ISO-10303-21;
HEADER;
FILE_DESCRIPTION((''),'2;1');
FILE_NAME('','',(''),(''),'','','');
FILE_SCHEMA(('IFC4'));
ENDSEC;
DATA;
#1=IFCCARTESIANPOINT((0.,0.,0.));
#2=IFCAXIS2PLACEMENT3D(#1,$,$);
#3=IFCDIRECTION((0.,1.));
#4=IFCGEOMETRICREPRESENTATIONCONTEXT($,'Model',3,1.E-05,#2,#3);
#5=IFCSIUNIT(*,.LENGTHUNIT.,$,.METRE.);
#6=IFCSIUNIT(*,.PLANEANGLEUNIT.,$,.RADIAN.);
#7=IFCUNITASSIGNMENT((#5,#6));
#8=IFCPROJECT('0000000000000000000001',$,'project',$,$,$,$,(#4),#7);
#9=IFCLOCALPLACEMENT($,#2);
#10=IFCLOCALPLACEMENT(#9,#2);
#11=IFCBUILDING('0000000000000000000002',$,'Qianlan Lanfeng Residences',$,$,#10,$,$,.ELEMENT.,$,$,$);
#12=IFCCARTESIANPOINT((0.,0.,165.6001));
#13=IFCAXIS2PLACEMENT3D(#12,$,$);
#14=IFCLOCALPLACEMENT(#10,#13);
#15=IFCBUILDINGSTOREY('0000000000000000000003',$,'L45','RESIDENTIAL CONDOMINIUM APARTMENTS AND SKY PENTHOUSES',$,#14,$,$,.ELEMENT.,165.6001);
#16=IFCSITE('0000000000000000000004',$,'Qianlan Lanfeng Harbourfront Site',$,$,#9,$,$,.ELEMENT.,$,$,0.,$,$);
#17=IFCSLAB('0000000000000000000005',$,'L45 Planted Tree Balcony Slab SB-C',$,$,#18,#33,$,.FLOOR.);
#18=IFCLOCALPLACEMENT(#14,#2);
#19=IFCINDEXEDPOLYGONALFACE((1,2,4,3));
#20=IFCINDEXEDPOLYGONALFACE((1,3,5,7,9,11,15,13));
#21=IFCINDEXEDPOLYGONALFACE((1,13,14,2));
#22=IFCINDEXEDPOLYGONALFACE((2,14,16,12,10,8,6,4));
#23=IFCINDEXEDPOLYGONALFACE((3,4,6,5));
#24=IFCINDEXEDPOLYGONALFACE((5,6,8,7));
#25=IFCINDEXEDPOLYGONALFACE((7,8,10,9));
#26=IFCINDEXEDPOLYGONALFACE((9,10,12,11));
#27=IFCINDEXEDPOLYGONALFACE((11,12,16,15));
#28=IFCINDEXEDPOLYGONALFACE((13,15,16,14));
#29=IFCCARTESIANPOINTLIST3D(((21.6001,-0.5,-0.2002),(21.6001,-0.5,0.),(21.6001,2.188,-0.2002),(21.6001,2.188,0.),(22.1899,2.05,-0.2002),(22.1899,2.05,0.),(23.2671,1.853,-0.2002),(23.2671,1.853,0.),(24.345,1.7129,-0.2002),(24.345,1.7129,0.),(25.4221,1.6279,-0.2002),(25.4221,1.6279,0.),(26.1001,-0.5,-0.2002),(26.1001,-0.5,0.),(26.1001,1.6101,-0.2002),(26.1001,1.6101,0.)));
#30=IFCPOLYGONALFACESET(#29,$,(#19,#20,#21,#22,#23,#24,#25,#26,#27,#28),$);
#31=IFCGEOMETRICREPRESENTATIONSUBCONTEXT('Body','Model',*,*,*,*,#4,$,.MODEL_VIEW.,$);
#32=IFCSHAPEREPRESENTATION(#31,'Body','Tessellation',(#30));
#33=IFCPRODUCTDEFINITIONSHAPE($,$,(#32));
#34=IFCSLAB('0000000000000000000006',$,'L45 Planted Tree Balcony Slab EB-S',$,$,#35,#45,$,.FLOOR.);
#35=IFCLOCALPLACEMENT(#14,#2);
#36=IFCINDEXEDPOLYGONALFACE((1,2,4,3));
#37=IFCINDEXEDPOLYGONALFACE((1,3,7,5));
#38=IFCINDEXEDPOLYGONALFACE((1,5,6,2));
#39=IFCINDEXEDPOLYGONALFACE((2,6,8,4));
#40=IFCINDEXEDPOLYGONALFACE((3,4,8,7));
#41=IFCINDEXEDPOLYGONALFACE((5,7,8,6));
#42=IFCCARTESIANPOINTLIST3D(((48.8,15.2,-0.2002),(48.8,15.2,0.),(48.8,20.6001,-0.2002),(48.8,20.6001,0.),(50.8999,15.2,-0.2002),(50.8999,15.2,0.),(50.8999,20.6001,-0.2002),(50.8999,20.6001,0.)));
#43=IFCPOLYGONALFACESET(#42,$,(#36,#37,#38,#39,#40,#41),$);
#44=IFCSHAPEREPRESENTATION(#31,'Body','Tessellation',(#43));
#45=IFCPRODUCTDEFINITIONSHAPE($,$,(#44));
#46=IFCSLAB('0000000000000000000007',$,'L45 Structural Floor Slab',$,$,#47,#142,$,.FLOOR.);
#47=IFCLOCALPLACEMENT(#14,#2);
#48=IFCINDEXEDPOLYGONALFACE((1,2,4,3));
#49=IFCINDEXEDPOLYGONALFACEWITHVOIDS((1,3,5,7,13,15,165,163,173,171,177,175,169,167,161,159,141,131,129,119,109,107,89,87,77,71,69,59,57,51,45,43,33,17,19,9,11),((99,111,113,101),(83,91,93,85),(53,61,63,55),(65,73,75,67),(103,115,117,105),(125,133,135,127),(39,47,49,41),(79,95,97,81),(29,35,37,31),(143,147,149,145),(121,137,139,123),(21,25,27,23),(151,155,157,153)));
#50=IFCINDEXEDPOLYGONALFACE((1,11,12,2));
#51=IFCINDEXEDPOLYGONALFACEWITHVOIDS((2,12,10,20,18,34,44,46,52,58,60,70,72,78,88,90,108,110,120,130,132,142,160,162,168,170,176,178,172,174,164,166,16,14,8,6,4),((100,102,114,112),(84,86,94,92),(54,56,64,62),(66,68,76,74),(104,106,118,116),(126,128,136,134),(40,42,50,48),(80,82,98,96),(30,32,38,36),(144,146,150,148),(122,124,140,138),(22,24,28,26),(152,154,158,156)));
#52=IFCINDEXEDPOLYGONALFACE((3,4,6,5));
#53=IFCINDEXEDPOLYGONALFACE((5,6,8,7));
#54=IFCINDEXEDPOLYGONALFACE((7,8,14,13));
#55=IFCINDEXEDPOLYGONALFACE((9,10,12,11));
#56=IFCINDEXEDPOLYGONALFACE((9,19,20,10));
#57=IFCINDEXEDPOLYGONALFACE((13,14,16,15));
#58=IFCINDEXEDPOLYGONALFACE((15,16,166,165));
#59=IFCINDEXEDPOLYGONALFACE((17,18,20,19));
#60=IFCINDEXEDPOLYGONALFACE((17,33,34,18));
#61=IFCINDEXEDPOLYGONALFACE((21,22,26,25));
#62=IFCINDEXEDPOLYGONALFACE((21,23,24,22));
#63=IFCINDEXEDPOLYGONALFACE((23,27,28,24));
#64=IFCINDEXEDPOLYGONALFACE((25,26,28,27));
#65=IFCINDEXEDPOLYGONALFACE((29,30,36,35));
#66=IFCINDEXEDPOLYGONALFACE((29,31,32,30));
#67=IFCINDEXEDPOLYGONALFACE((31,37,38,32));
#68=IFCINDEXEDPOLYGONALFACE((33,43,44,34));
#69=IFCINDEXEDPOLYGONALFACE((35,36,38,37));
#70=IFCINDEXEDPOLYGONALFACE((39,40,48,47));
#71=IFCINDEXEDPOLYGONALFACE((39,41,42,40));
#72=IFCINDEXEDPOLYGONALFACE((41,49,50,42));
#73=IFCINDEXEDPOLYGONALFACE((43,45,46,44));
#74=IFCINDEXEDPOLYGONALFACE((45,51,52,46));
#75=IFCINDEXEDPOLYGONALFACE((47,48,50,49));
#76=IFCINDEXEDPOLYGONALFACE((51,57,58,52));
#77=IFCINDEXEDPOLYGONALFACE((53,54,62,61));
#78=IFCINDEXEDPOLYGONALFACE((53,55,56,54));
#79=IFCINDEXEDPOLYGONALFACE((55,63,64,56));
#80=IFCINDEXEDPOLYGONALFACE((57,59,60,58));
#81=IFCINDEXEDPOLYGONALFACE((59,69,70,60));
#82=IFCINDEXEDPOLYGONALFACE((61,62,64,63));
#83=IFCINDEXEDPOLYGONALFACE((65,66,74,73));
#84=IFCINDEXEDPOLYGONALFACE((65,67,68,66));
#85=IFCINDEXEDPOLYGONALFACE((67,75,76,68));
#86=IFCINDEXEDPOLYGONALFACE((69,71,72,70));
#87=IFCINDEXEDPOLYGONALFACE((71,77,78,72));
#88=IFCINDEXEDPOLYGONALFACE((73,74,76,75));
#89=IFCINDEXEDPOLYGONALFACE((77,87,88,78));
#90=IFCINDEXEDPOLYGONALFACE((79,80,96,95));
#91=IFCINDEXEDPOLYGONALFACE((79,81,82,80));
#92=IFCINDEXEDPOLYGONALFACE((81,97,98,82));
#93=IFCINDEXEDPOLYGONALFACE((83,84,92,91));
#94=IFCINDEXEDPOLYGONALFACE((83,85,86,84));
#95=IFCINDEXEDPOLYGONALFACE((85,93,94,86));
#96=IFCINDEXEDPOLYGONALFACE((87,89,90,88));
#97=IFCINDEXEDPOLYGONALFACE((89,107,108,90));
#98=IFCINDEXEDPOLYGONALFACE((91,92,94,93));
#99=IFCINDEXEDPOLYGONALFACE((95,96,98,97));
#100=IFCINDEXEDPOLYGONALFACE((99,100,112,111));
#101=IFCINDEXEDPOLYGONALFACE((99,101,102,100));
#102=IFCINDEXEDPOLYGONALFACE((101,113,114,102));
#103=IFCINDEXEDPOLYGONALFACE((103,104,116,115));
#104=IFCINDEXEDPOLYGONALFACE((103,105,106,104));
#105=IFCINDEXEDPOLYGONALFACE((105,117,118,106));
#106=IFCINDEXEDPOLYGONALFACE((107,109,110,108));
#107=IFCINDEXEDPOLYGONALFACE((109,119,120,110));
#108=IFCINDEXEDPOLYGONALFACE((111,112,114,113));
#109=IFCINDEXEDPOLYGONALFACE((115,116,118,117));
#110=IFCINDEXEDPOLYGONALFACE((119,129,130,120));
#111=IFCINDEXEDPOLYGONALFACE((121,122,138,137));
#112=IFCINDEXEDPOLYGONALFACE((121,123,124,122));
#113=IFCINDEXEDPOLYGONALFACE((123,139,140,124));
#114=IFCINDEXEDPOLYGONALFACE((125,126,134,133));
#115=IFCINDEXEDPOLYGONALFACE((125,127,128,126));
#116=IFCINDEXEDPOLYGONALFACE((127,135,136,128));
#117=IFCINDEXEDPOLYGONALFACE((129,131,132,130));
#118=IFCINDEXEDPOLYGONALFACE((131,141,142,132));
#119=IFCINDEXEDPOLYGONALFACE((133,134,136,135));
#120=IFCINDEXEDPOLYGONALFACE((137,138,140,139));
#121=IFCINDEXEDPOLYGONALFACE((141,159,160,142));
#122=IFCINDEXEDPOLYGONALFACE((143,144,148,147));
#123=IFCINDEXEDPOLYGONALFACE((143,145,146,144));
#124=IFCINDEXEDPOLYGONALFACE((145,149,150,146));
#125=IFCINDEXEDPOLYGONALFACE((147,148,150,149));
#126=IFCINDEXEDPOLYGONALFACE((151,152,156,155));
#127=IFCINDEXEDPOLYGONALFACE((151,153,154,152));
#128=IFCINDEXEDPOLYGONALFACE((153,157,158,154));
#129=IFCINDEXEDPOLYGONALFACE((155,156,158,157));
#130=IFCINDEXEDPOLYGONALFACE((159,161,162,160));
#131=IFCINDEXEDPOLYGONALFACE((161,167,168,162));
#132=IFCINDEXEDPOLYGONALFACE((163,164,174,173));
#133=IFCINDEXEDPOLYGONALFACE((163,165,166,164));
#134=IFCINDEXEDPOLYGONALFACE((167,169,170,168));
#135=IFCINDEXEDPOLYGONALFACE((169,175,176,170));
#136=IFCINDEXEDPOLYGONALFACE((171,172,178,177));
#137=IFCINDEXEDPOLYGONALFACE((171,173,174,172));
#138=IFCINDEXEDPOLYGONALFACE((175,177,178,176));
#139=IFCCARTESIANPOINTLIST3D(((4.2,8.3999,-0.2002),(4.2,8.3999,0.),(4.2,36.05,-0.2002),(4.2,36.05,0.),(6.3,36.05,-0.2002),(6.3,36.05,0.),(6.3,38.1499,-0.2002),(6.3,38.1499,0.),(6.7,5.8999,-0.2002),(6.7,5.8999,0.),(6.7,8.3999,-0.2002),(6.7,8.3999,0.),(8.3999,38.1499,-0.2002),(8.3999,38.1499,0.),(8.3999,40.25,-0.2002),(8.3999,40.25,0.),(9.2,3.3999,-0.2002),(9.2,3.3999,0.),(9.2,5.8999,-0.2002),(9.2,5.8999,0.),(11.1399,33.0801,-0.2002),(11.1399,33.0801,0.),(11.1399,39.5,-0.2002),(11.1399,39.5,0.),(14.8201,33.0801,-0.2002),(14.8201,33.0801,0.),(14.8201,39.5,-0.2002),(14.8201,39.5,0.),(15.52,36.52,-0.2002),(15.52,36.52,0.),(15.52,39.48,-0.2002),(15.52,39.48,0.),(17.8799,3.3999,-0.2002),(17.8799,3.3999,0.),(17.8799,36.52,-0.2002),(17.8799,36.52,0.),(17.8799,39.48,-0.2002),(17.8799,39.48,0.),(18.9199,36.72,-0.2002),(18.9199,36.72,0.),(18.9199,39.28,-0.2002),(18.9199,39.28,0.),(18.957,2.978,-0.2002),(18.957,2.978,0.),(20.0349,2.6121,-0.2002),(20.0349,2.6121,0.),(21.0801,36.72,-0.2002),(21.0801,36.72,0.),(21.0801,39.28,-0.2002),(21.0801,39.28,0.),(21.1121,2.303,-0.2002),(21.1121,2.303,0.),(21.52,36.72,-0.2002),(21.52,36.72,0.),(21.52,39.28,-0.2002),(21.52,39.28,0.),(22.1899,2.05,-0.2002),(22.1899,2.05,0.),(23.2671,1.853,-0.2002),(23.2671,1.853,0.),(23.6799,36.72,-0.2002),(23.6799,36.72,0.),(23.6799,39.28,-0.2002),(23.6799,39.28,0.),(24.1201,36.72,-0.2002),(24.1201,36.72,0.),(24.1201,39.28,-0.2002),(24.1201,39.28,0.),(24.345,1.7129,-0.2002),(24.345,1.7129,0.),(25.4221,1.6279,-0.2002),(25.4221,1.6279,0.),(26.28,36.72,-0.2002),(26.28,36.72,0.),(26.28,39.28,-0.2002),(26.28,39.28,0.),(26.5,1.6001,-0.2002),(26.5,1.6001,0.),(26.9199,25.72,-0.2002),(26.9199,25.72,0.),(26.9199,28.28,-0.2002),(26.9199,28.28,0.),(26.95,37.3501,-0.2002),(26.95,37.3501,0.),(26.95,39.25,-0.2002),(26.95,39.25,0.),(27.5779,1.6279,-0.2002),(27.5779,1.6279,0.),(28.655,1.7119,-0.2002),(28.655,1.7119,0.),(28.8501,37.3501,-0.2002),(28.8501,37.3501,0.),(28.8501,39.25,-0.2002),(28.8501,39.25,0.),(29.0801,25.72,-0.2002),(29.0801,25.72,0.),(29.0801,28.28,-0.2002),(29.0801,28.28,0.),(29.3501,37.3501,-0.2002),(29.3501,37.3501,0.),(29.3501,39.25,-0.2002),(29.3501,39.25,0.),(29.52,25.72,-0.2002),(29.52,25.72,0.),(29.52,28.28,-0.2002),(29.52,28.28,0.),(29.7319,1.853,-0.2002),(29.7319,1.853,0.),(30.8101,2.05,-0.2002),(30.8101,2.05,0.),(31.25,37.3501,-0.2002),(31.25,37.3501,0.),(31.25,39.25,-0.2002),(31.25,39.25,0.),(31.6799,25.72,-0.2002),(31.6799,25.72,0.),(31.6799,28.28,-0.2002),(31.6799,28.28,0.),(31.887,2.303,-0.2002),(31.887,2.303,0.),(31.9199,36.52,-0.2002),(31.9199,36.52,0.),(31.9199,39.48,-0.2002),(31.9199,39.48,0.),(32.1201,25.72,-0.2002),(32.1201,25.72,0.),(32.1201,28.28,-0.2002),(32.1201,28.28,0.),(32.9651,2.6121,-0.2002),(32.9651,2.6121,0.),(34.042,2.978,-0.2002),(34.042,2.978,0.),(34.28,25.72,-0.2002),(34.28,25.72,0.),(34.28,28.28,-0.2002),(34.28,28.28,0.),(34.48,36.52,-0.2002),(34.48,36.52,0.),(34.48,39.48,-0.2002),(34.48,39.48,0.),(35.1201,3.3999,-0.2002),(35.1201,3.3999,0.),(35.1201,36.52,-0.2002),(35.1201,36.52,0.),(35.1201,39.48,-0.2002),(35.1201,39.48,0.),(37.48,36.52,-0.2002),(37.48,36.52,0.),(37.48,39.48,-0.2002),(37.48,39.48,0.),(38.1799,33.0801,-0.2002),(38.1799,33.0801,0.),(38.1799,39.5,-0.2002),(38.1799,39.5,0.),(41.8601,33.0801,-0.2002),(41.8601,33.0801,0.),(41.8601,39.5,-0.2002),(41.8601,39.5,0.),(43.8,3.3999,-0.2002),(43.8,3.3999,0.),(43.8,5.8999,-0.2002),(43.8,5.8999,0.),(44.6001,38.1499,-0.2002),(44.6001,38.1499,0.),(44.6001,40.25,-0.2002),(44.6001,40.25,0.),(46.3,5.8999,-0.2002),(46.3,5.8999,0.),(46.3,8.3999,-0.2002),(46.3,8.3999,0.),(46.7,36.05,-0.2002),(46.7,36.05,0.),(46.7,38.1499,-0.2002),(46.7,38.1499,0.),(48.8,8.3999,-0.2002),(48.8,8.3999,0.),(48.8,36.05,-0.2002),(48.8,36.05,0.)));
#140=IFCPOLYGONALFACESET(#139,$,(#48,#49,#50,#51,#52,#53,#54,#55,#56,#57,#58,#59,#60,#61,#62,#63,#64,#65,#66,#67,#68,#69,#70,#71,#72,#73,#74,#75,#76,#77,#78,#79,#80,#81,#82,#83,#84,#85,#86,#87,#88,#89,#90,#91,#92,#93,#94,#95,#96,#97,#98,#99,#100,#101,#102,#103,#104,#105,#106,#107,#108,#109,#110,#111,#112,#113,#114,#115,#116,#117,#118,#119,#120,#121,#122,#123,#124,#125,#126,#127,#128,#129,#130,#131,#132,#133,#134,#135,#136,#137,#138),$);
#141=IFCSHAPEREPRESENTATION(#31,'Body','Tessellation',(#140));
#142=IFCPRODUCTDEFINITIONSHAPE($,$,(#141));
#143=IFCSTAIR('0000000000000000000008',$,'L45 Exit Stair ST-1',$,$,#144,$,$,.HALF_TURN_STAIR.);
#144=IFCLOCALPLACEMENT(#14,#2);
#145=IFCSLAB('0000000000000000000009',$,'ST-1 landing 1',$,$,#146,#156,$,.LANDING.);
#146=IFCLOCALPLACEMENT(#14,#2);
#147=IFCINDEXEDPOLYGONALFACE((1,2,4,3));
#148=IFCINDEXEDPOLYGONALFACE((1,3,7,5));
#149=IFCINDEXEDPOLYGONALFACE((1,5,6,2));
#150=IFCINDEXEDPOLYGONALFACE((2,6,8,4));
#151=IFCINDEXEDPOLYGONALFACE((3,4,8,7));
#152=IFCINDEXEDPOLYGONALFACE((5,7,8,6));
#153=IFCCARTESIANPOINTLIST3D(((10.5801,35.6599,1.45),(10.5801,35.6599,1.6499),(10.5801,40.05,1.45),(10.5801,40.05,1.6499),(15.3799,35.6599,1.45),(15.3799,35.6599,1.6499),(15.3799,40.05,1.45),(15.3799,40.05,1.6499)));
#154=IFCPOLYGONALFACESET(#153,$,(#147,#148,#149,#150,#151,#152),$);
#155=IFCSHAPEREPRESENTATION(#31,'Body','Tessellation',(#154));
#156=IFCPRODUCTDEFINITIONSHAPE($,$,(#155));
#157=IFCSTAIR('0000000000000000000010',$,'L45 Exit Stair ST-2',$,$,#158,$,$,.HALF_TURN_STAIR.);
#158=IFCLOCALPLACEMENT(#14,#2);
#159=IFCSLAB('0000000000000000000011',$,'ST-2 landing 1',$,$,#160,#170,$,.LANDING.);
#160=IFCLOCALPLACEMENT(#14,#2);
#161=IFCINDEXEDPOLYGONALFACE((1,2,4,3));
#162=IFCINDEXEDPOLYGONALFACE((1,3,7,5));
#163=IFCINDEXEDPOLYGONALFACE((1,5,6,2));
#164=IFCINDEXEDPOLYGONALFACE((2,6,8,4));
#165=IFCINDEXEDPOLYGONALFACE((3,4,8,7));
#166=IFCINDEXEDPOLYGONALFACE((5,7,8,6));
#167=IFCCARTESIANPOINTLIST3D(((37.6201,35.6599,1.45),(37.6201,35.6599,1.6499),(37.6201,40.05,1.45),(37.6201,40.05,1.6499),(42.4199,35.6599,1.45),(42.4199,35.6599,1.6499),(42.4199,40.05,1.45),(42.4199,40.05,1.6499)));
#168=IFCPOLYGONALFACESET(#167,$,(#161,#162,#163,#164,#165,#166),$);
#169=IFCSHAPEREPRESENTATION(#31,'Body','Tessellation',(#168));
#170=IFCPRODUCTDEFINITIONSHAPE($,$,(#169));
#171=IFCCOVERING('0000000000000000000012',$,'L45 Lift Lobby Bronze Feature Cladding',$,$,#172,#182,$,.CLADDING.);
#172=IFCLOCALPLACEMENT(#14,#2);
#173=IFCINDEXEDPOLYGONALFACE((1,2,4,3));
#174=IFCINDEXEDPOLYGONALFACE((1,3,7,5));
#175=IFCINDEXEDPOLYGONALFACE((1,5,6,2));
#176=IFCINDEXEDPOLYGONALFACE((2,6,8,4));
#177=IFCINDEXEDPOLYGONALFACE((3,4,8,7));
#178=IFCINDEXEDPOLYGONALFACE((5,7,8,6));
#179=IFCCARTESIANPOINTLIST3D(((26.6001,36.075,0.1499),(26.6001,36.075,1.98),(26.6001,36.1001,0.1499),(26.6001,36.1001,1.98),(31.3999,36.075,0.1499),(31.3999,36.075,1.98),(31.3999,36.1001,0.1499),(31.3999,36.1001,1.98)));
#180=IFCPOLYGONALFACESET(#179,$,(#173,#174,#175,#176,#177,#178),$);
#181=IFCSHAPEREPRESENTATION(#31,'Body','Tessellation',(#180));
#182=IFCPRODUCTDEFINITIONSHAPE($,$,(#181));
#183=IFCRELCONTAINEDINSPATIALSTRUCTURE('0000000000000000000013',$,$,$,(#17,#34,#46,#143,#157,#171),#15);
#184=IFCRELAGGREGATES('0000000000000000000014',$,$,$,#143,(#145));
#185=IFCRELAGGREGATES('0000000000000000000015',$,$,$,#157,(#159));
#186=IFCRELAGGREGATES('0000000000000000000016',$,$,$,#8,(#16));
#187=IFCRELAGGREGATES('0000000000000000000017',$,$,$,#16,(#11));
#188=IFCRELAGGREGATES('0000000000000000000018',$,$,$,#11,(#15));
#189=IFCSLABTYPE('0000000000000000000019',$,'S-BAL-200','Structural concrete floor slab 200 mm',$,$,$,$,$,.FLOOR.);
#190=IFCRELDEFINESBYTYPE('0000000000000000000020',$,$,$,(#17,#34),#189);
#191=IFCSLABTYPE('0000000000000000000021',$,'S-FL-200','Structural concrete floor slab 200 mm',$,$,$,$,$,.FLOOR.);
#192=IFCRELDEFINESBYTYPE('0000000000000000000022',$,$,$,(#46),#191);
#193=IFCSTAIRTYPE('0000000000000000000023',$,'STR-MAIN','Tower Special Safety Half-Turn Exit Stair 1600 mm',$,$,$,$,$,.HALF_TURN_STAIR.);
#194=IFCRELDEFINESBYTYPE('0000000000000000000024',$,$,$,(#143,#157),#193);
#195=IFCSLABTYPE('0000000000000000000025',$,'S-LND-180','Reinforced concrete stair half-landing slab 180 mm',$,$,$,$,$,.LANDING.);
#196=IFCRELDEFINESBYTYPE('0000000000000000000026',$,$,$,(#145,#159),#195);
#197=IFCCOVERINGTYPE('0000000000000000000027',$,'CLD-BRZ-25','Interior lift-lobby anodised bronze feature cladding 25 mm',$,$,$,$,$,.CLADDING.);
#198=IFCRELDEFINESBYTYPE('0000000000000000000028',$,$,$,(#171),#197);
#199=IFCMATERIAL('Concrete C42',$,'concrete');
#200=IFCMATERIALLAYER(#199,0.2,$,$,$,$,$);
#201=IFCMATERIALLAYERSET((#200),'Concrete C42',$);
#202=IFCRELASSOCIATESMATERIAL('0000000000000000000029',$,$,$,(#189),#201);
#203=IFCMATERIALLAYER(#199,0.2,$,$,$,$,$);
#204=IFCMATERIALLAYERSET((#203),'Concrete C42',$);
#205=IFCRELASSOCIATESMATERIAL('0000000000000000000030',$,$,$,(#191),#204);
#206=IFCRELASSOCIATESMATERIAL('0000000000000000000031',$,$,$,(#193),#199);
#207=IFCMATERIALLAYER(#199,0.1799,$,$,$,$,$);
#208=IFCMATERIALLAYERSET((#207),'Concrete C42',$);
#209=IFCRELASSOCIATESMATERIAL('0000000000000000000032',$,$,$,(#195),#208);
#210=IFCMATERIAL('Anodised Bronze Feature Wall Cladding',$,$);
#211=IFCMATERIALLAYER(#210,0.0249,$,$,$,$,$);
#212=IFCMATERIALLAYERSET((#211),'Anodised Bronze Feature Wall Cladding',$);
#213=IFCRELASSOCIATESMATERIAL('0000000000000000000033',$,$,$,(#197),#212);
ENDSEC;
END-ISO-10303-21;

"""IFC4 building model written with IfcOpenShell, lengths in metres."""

from ifc_helpers import new_model, si_unit, direction, frame, origin, place, context, subcontext, project, spatial, polyline, outline, extrude, material, layer, layer_set, type_object, element, aggregate, save


model = new_model("IFC4")

# Units and contexts
model_context = context("Model", 3, precision=1e-05, world=origin(), true_north=direction((0.0, 1.0)))
body_context = subcontext(model_context, "Body", "Model", "MODEL_VIEW")
ifc_project = project(units=[si_unit("LENGTHUNIT", "METRE"), si_unit("PLANEANGLEUNIT", "RADIAN")], contexts=[model_context])

# Site, building, storey
site_placement = place(None, origin())
site = spatial("IfcSite", under=ifc_project, at=site_placement, Name="Qianlan Lanfeng Harbourfront Site", CompositionType="ELEMENT", RefElevation=0.0)
building_placement = place(site_placement, origin())
building = spatial("IfcBuilding", under=site, at=building_placement, Name="Qianlan Lanfeng Residences", CompositionType="ELEMENT")
storey_placement = place(building_placement, frame((0.0, 0.0, 165.6001)))
storey = spatial("IfcBuildingStorey", under=building, at=storey_placement, Name="L45", Description="RESIDENTIAL CONDOMINIUM APARTMENTS AND SKY PENTHOUSES", CompositionType="ELEMENT", Elevation=165.6001)

# Slabs
ifc_material_1 = material(Name="Concrete C42", Category="concrete")
ifc_layer_1 = layer(ifc_material_1, 0.2)
ifc_layer_set_1 = layer_set([ifc_layer_1], Name="Concrete C42")
slab_type_1 = type_object("IfcSlabType", Name="S-BAL-200", Description="Structural concrete floor slab 200 mm", PredefinedType="FLOOR", material=ifc_layer_set_1)
slab_1_placement = place(storey_placement, frame((0.0, 0.0, -0.2002)))
element("IfcSlab", 1, at=slab_1_placement, inside=storey, type_object=slab_type_1, Name="L45 Planted Tree Balcony Slab SB-C", PredefinedType="FLOOR", context=body_context, shape_type="SweptSolid", body=[
    extrude(outline(polyline([(26.1001, 1.6101), (25.4221, 1.6279), (24.345, 1.7129), (23.2671, 1.853), (22.1899, 2.05), (21.6001, 2.188), (21.6001, -0.5), (26.1001, -0.5), (26.1001, 1.6101)])), origin(), (0.0, 0.0, 1.0), 0.2002),
])
slab_2_placement = place(storey_placement, frame((0.0, 0.0, -0.2002)))
element("IfcSlab", 2, at=slab_2_placement, inside=storey, type_object=slab_type_1, Name="L45 Planted Tree Balcony Slab EB-S", PredefinedType="FLOOR", context=body_context, shape_type="SweptSolid", body=[
    extrude(outline(polyline([(48.8, 20.6001), (48.8, 15.2), (50.8999, 15.2), (50.8999, 20.6001), (48.8, 20.6001)])), origin(), (0.0, 0.0, 1.0), 0.2002),
])
ifc_layer_2 = layer(ifc_material_1, 0.2)
ifc_layer_set_2 = layer_set([ifc_layer_2], Name="Concrete C42")
slab_type_2 = type_object("IfcSlabType", Name="S-FL-200", Description="Structural concrete floor slab 200 mm", PredefinedType="FLOOR", material=ifc_layer_set_2)
slab_3_placement = place(storey_placement, frame((0.0, 0.0, -0.2002)))
element("IfcSlab", 3, at=slab_3_placement, inside=storey, type_object=slab_type_2, Name="L45 Structural Floor Slab", PredefinedType="FLOOR", context=body_context, shape_type="SweptSolid", body=[
    extrude(outline(polyline([(4.2, 8.3999), (6.7, 8.3999), (6.7, 5.8999), (9.2, 5.8999), (9.2, 3.3999), (17.8799, 3.3999), (18.957, 2.978), (20.0349, 2.6121), (21.1121, 2.303), (22.1899, 2.05), (23.2671, 1.853), (24.345, 1.7129), (25.4221, 1.6279), (26.5, 1.6001), (27.5779, 1.6279), (28.655, 1.7119), (29.7319, 1.853), (30.8101, 2.05), (31.887, 2.303), (32.9651, 2.6121), (34.042, 2.978), (35.1201, 3.3999), (43.8, 3.3999), (43.8, 5.8999), (46.3, 5.8999), (46.3, 8.3999), (48.8, 8.3999), (48.8, 36.05), (46.7, 36.05), (46.7, 38.1499), (44.6001, 38.1499), (44.6001, 40.25), (8.3999, 40.25), (8.3999, 38.1499), (6.3, 38.1499), (6.3, 36.05), (4.2, 36.05), (4.2, 8.3999)]), holes=[polyline([(11.1399, 33.0801), (11.1399, 39.5), (14.8201, 39.5), (14.8201, 33.0801), (11.1399, 33.0801)]), polyline([(38.1799, 33.0801), (38.1799, 39.5), (41.8601, 39.5), (41.8601, 33.0801), (38.1799, 33.0801)]), polyline([(15.52, 36.52), (15.52, 39.48), (17.8799, 39.48), (17.8799, 36.52), (15.52, 36.52)]), polyline([(35.1201, 36.52), (35.1201, 39.48), (37.48, 39.48), (37.48, 36.52), (35.1201, 36.52)]), polyline([(31.9199, 36.52), (31.9199, 39.48), (34.48, 39.48), (34.48, 36.52), (31.9199, 36.52)]), polyline([(26.9199, 25.72), (26.9199, 28.28), (29.0801, 28.28), (29.0801, 25.72), (26.9199, 25.72)]), polyline([(29.52, 25.72), (29.52, 28.28), (31.6799, 28.28), (31.6799, 25.72), (29.52, 25.72)]), polyline([(32.1201, 25.72), (32.1201, 28.28), (34.28, 28.28), (34.28, 25.72), (32.1201, 25.72)]), polyline([(18.9199, 36.72), (18.9199, 39.28), (21.0801, 39.28), (21.0801, 36.72), (18.9199, 36.72)]), polyline([(21.52, 36.72), (21.52, 39.28), (23.6799, 39.28), (23.6799, 36.72), (21.52, 36.72)]), polyline([(24.1201, 36.72), (24.1201, 39.28), (26.28, 39.28), (26.28, 36.72), (24.1201, 36.72)]), polyline([(26.95, 37.3501), (26.95, 39.25), (28.8501, 39.25), (28.8501, 37.3501), (26.95, 37.3501)]), polyline([(29.3501, 37.3501), (29.3501, 39.25), (31.25, 39.25), (31.25, 37.3501), (29.3501, 37.3501)])]), origin(), (0.0, 0.0, 1.0), 0.2002),
])

# Stairs, slabs
stair_type = type_object("IfcStairType", Name="STR-MAIN", Description="Tower Special Safety Half-Turn Exit Stair 1600 mm", PredefinedType="HALF_TURN_STAIR", material=ifc_material_1)
stair_1_placement = place(storey_placement, origin())
stair_1 = element("IfcStair", 4, at=stair_1_placement, inside=storey, type_object=stair_type, Name="L45 Exit Stair ST-1", PredefinedType="HALF_TURN_STAIR")
ifc_layer_3 = layer(ifc_material_1, 0.1799)
ifc_layer_set_3 = layer_set([ifc_layer_3], Name="Concrete C42")
slab_type_3 = type_object("IfcSlabType", Name="S-LND-180", Description="Reinforced concrete stair half-landing slab 180 mm", PredefinedType="LANDING", material=ifc_layer_set_3)
slab_4_placement = place(storey_placement, frame((0.0, 0.0, 1.45)))
slab_4 = element("IfcSlab", 5, at=slab_4_placement, type_object=slab_type_3, Name="ST-1 landing 1", PredefinedType="LANDING", context=body_context, shape_type="SweptSolid", body=[
    extrude(outline(polyline([(10.5801, 35.6599), (15.3799, 35.6599), (15.3799, 40.05), (10.5801, 40.05), (10.5801, 35.6599)])), origin(), (0.0, 0.0, 1.0), 0.2),
])
aggregate(stair_1, [slab_4])
stair_2_placement = place(storey_placement, origin())
stair_2 = element("IfcStair", 6, at=stair_2_placement, inside=storey, type_object=stair_type, Name="L45 Exit Stair ST-2", PredefinedType="HALF_TURN_STAIR")
slab_5_placement = place(storey_placement, frame((0.0, 0.0, 1.45)))
slab_5 = element("IfcSlab", 7, at=slab_5_placement, type_object=slab_type_3, Name="ST-2 landing 1", PredefinedType="LANDING", context=body_context, shape_type="SweptSolid", body=[
    extrude(outline(polyline([(37.6201, 35.6599), (42.4199, 35.6599), (42.4199, 40.05), (37.6201, 40.05), (37.6201, 35.6599)])), origin(), (0.0, 0.0, 1.0), 0.2),
])
aggregate(stair_2, [slab_5])

# Covering
ifc_material_2 = material(Name="Anodised Bronze Feature Wall Cladding")
ifc_layer_4 = layer(ifc_material_2, 0.0249)
ifc_layer_set_4 = layer_set([ifc_layer_4], Name="Anodised Bronze Feature Wall Cladding")
covering_type_1 = type_object("IfcCoveringType", Name="CLD-BRZ-25", Description="Interior lift-lobby anodised bronze feature cladding 25 mm", PredefinedType="CLADDING", material=ifc_layer_set_4)
covering_1_placement = place(storey_placement, frame((0.0, 0.0, 0.1499)))
element("IfcCovering", 8, at=covering_1_placement, inside=storey, type_object=covering_type_1, Name="L45 Lift Lobby Bronze Feature Cladding", PredefinedType="CLADDING", context=body_context, shape_type="SweptSolid", body=[
    extrude(outline(polyline([(26.6001, 36.075), (31.3999, 36.075), (31.3999, 36.1001), (26.6001, 36.1001), (26.6001, 36.075)])), origin(), (0.0, 0.0, 1.0), 1.8301),
])

save(model, "model.ifc")
